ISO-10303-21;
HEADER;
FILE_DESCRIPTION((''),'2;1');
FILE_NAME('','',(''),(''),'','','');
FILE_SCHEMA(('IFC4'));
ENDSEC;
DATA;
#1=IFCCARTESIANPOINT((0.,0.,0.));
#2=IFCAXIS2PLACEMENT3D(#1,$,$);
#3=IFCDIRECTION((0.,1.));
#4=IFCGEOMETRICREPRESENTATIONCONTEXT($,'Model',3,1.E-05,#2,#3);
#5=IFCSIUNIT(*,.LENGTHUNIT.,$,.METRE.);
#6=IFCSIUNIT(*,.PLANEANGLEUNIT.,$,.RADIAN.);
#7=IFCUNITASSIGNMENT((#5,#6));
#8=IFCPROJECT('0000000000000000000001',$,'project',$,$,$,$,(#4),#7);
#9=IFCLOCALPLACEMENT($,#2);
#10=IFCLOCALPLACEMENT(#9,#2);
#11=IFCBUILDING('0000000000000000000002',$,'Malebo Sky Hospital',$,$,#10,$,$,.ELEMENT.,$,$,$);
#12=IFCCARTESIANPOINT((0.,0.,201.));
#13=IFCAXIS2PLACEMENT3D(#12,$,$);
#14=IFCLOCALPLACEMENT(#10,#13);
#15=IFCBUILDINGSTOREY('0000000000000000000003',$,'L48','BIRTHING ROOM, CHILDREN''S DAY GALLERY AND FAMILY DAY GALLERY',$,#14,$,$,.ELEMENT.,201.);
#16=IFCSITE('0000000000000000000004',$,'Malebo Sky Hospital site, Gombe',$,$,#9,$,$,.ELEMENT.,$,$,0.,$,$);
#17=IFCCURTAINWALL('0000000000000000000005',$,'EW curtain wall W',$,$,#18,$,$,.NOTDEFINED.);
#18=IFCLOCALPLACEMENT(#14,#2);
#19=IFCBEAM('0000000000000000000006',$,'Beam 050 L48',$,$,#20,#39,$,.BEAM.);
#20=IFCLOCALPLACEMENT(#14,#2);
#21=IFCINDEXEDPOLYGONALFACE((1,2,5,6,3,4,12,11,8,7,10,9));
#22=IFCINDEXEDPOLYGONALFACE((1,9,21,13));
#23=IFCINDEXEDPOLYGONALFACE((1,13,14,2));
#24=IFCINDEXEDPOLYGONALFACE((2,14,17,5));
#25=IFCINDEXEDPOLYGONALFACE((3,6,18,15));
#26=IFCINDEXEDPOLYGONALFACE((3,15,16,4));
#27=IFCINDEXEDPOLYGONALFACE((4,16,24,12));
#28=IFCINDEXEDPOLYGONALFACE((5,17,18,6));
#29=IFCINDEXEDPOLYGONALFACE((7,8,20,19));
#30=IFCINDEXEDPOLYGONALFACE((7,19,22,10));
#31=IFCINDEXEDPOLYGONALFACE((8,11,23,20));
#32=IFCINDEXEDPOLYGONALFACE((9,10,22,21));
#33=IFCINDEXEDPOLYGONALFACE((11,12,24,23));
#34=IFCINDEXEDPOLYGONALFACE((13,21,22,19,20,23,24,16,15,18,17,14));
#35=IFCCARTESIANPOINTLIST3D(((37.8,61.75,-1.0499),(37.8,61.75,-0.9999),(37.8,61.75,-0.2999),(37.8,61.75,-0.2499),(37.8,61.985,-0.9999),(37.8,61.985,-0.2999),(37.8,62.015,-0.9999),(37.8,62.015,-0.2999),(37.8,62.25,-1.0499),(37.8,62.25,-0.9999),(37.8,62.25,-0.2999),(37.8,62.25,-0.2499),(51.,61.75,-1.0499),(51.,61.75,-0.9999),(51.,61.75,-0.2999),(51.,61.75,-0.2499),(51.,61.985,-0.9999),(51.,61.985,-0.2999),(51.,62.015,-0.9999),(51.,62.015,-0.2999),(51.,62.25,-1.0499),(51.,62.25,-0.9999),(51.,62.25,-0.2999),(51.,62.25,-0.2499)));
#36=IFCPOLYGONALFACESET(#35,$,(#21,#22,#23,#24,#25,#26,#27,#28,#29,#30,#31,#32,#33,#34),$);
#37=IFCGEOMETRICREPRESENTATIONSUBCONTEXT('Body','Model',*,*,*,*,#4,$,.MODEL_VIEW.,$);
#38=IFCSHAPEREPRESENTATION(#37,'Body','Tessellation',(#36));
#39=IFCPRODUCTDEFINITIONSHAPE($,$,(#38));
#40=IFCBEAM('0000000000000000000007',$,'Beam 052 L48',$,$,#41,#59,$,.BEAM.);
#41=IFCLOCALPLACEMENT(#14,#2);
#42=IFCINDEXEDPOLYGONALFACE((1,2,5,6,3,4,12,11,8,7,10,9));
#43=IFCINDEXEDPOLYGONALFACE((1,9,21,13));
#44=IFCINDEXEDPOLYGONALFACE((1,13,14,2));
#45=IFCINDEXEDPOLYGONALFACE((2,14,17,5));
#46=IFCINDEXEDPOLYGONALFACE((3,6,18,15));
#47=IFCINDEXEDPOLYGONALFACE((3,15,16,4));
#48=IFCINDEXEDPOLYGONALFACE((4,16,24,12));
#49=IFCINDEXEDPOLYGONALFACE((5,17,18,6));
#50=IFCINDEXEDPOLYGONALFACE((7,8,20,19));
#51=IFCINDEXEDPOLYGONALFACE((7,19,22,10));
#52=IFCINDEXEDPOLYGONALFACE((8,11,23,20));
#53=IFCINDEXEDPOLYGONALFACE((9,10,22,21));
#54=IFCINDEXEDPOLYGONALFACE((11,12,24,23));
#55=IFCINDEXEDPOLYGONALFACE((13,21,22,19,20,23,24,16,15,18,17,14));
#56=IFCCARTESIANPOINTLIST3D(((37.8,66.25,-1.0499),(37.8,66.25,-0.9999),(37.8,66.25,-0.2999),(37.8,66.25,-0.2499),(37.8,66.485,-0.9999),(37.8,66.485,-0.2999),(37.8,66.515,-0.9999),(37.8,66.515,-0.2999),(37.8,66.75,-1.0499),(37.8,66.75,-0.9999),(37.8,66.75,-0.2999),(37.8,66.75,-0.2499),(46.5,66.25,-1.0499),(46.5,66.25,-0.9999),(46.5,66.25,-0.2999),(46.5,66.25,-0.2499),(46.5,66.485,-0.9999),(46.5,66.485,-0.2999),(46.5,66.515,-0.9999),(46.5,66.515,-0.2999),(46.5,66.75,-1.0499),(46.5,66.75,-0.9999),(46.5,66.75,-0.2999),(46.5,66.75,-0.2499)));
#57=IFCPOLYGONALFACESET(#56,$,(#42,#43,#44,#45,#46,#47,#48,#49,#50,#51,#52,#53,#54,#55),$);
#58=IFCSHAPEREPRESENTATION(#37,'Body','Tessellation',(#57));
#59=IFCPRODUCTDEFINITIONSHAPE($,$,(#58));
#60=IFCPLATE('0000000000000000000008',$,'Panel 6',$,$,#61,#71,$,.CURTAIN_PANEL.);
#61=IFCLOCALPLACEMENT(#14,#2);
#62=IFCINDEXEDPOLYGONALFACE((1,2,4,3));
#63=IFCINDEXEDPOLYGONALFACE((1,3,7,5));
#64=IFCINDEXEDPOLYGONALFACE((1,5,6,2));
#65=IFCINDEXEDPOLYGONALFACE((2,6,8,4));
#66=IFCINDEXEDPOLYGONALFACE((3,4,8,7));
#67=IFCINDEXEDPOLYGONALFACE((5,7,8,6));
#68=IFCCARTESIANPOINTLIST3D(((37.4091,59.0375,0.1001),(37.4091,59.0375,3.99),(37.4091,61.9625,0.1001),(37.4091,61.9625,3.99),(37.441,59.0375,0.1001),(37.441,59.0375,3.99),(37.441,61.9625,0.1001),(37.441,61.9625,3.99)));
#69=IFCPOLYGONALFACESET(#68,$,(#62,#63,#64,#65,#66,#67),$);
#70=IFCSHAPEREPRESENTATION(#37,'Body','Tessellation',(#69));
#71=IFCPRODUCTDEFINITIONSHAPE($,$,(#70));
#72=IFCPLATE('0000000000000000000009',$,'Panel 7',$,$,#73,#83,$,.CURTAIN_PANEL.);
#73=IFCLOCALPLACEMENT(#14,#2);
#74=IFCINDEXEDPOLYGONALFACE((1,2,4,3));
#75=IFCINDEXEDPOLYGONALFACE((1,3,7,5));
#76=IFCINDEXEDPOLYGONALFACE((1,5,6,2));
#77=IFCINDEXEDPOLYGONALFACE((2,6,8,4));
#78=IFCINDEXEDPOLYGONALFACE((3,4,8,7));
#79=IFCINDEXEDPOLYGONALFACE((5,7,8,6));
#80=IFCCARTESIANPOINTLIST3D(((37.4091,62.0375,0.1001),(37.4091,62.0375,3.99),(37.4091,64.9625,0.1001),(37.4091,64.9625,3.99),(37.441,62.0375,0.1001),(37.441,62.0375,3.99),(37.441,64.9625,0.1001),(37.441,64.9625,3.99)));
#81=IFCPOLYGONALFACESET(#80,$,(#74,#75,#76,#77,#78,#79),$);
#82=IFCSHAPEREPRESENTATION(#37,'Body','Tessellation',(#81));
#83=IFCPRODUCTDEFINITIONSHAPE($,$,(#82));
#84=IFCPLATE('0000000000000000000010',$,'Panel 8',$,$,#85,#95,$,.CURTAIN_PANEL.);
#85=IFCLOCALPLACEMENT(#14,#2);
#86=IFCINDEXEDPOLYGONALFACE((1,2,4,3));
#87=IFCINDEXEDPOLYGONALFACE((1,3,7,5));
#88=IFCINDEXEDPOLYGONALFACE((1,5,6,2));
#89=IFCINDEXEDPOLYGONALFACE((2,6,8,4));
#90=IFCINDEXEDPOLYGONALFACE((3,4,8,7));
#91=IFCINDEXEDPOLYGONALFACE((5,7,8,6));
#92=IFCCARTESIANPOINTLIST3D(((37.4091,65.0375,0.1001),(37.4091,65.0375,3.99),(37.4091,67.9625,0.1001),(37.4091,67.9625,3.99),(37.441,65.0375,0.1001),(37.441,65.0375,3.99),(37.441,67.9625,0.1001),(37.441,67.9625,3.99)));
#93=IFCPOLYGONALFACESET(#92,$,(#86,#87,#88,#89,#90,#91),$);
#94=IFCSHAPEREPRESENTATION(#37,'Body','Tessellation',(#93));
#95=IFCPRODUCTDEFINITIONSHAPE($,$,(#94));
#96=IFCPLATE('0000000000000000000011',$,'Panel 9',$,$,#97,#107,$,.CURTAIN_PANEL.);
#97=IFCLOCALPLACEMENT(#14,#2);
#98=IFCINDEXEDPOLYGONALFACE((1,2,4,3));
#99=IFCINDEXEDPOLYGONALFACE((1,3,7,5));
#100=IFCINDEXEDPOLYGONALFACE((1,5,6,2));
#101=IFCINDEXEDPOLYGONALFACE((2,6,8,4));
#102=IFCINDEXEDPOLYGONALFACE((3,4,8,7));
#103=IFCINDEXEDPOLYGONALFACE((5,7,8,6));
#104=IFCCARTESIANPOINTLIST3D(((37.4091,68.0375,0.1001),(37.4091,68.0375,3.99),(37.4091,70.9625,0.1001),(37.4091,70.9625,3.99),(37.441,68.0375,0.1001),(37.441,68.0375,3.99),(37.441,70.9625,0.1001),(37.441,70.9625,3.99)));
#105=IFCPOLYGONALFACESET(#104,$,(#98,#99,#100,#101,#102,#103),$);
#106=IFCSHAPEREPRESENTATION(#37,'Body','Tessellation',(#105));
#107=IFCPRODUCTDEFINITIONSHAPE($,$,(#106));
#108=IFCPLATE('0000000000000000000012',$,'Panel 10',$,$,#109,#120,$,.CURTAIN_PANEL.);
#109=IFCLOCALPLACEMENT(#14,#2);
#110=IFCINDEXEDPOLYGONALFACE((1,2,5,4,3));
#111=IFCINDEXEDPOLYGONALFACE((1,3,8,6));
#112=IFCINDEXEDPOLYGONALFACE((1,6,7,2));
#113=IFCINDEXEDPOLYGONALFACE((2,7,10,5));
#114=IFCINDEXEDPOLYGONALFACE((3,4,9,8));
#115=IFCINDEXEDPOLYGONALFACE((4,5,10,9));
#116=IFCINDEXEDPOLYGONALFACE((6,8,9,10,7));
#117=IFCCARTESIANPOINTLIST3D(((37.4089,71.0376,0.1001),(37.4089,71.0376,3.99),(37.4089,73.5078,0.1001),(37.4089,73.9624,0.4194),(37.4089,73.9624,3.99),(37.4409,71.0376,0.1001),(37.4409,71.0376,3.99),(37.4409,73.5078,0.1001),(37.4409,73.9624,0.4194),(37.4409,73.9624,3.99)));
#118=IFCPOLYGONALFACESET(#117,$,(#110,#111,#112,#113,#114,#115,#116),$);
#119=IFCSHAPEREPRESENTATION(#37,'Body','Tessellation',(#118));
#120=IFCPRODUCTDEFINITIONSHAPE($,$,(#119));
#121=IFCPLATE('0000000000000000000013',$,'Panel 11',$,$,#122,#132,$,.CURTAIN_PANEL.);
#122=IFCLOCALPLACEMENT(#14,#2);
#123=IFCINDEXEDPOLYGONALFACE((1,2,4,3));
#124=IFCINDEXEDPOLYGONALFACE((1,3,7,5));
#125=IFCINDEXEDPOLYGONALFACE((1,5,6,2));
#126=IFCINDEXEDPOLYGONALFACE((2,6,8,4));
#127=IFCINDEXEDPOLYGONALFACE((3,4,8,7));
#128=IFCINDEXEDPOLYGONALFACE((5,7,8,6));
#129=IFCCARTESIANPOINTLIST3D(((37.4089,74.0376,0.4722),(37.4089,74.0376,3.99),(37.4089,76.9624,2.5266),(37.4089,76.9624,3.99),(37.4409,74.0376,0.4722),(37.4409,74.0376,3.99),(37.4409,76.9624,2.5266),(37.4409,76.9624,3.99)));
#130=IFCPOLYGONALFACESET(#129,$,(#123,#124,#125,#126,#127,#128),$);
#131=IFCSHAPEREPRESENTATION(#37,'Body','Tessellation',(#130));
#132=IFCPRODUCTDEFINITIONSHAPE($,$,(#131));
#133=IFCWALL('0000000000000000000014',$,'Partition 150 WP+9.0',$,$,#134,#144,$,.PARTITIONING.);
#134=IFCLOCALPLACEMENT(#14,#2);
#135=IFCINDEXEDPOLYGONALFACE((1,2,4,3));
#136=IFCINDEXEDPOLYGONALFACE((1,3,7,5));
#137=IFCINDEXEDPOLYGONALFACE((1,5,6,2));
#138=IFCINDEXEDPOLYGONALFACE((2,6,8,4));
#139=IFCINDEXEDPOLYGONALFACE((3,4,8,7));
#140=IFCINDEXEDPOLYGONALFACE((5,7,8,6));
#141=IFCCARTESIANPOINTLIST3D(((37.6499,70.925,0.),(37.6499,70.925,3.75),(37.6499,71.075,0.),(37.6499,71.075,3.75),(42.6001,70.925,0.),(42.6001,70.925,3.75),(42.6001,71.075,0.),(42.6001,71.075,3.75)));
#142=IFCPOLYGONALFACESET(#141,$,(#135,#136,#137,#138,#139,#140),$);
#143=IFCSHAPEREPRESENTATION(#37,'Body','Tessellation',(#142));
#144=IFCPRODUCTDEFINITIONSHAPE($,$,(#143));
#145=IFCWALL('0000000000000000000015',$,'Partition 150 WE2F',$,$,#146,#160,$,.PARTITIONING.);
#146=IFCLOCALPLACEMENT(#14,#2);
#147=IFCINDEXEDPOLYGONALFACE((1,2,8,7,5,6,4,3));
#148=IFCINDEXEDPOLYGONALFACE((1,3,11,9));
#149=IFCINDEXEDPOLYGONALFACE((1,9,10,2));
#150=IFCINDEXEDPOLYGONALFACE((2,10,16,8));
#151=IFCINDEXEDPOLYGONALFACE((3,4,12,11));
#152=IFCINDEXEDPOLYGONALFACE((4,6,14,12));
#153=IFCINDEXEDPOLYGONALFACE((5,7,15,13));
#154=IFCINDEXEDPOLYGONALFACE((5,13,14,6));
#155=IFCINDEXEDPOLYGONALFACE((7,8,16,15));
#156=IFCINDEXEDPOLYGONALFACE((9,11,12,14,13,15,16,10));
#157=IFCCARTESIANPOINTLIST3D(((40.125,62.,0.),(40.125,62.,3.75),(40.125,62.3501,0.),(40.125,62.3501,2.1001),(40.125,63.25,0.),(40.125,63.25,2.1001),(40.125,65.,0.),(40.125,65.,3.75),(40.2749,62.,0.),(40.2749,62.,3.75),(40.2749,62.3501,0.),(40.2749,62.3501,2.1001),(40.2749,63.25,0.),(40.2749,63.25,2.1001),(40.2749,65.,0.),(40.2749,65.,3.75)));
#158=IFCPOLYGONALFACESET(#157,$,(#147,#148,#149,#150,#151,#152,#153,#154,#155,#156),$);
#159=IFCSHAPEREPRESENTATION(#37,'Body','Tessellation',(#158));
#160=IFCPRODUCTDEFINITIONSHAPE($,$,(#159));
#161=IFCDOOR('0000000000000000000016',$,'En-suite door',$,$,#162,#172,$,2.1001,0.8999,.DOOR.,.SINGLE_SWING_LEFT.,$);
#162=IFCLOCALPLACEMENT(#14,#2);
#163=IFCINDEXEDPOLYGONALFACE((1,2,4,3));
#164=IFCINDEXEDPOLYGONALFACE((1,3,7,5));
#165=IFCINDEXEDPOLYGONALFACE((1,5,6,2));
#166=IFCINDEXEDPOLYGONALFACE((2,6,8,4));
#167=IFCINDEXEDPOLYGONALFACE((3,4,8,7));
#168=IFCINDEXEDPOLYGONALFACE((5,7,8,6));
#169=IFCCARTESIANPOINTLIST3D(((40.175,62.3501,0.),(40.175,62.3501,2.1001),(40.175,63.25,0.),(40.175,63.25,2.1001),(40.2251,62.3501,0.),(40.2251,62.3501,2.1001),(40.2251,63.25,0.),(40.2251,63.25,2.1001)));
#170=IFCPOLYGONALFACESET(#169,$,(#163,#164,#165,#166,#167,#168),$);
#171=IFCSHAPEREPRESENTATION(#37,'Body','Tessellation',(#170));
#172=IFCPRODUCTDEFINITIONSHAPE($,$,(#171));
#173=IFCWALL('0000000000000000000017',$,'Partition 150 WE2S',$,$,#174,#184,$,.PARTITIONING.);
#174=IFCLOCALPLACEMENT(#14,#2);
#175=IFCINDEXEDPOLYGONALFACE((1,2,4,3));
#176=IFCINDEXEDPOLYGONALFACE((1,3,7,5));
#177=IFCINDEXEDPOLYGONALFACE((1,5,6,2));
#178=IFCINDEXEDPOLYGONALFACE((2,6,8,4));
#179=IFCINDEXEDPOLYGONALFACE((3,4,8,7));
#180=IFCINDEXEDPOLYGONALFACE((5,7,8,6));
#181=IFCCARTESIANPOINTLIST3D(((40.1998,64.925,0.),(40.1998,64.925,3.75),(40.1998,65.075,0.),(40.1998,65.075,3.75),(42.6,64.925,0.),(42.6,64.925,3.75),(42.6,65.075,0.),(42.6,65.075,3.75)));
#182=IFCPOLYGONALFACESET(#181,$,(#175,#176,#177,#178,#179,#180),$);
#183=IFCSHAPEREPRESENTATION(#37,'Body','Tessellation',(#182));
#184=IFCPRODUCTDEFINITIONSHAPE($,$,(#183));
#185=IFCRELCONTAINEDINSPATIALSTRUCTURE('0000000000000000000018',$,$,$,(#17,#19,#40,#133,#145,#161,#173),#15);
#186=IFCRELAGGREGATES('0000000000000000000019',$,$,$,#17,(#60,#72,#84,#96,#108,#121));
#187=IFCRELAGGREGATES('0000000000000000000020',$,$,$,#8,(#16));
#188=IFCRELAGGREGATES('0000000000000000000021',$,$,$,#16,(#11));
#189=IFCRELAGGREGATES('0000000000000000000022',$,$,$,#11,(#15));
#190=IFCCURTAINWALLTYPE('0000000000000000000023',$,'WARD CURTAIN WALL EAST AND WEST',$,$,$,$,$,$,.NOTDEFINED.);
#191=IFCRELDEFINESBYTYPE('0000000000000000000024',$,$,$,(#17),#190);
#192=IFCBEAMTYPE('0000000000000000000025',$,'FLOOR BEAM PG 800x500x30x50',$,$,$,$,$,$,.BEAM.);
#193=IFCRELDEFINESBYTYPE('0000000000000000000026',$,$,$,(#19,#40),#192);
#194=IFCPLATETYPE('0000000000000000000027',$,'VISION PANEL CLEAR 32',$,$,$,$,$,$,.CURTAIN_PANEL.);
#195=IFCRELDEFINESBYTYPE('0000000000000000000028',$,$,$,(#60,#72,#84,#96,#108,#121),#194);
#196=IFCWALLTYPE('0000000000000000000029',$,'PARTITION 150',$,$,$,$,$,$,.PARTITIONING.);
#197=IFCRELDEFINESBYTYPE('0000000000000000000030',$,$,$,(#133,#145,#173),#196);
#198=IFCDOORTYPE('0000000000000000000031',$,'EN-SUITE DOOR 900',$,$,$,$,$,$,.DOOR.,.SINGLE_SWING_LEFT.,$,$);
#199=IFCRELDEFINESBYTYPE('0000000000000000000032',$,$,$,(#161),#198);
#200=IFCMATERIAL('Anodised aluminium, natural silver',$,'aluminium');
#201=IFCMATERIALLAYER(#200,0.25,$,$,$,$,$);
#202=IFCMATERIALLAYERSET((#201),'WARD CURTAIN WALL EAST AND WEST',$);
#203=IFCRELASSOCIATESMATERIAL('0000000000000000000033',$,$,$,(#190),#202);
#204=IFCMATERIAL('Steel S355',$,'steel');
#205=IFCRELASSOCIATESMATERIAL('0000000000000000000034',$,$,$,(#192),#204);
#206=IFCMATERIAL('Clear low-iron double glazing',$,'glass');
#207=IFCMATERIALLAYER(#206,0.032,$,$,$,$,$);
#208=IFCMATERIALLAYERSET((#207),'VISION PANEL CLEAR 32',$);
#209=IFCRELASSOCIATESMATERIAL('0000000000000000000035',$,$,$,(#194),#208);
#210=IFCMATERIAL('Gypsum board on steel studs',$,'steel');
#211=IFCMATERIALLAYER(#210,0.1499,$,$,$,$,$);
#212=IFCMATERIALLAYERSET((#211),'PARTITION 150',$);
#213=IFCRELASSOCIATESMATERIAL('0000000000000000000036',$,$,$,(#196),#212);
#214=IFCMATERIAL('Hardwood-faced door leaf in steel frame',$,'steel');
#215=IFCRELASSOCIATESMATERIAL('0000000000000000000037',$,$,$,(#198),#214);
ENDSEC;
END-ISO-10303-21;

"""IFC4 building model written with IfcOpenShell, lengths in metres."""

from ifc_helpers import new_model, si_unit, direction, frame, frame_2d, origin, origin_2d, place, context, subcontext, project, spatial, polyline, rectangle, i_section, outline, extrude, material, layer, layer_set, material_profile, profile_set, type_object, element, fill, aggregate, save


model = new_model("IFC4")

# Units and contexts
model_context = context("Model", 3, precision=1e-05, world=origin(), true_north=direction((0.0, 1.0)))
body_context = subcontext(model_context, "Body", "Model", "MODEL_VIEW")
ifc_project = project(units=[si_unit("LENGTHUNIT", "METRE"), si_unit("PLANEANGLEUNIT", "RADIAN")], contexts=[model_context])

# Site, building, storey
site_placement = place(None, origin())
site = spatial("IfcSite", under=ifc_project, at=site_placement, Name="Malebo Sky Hospital site, Gombe", CompositionType="ELEMENT", RefElevation=0.0)
building_placement = place(site_placement, origin())
building = spatial("IfcBuilding", under=site, at=building_placement, Name="Malebo Sky Hospital", CompositionType="ELEMENT")
storey_placement = place(building_placement, frame((0.0, 0.0, 201.0)))
storey = spatial("IfcBuildingStorey", under=building, at=storey_placement, Name="L48", Description="BIRTHING ROOM, CHILDREN'S DAY GALLERY AND FAMILY DAY GALLERY", CompositionType="ELEMENT", Elevation=201.0)

# Curtain wall
ifc_material_1 = material(Name="Anodised aluminium, natural silver", Category="aluminium")
ifc_layer_1 = layer(ifc_material_1, 0.25)
ifc_layer_set_1 = layer_set([ifc_layer_1], Name="WARD CURTAIN WALL EAST AND WEST")
curtain_wall_type = type_object("IfcCurtainWallType", Name="WARD CURTAIN WALL EAST AND WEST", PredefinedType="NOTDEFINED", material=ifc_layer_set_1)
curtain_wall_placement = place(storey_placement, origin())
curtain_wall = element("IfcCurtainWall", 1, at=curtain_wall_placement, inside=storey, type_object=curtain_wall_type, Name="EW curtain wall W", PredefinedType="NOTDEFINED")

# Shared definitions
ifc_material_2 = material(Name="Steel S355", Category="steel")

# Beams
ifc_material_profile_1 = material_profile(ifc_material_2, i_section(OverallWidth=0.5, OverallDepth=0.8, WebThickness=0.03, FlangeThickness=0.05, at=origin_2d()), Name="PG 800x500x30x50")
ifc_profile_set_1 = profile_set([ifc_material_profile_1], Name="Steel S355")
beam_type_1 = type_object("IfcBeamType", Name="FLOOR BEAM PG 800x500x30x50", PredefinedType="BEAM", material=ifc_profile_set_1)
beam_1_placement = place(storey_placement, frame((37.8, 62.0, -0.6499), z_axis=(1.0, 0.0, 0.0), x_axis=(0.0, 1.0, 0.0)))
element("IfcBeam", 2, at=beam_1_placement, inside=storey, type_object=beam_type_1, Name="Beam 050 L48", PredefinedType="BEAM", context=body_context, shape_type="SweptSolid", body=[
    extrude(i_section(OverallWidth=0.5, OverallDepth=0.8, WebThickness=0.03, FlangeThickness=0.05, at=origin_2d()), origin(), (0.0, 0.0, 1.0), 13.2),
])
beam_2_placement = place(storey_placement, frame((37.8, 66.5, -0.6499), z_axis=(1.0, 0.0, 0.0), x_axis=(0.0, 1.0, 0.0)))
element("IfcBeam", 3, at=beam_2_placement, inside=storey, type_object=beam_type_1, Name="Beam 052 L48", PredefinedType="BEAM", context=body_context, shape_type="SweptSolid", body=[
    extrude(i_section(OverallWidth=0.5, OverallDepth=0.8, WebThickness=0.03, FlangeThickness=0.05, at=origin_2d()), origin(), (0.0, 0.0, 1.0), 8.7),
])

# Plates
ifc_material_3 = material(Name="Clear low-iron double glazing", Category="glass")
ifc_layer_2 = layer(ifc_material_3, 0.032)
ifc_layer_set_2 = layer_set([ifc_layer_2], Name="VISION PANEL CLEAR 32")
plate_type = type_object("IfcPlateType", Name="VISION PANEL CLEAR 32", PredefinedType="CURTAIN_PANEL", material=ifc_layer_set_2)
plate_1_placement = place(storey_placement, frame((37.425, 60.5, 0.1001), z_axis=(0.0, 0.0, 1.0), x_axis=(0.0, 1.0, 0.0)))
plate_1 = element("IfcPlate", 4, at=plate_1_placement, type_object=plate_type, Name="Panel 6", PredefinedType="CURTAIN_PANEL", context=body_context, shape_type="SweptSolid", body=[
    extrude(rectangle(XDim=2.925, YDim=0.032, at=origin_2d()), origin(), (0.0, 0.0, 1.0), 3.8899),
])
plate_2_placement = place(storey_placement, frame((37.425, 63.5, 0.1001), z_axis=(0.0, 0.0, 1.0), x_axis=(0.0, 1.0, 0.0)))
plate_2 = element("IfcPlate", 5, at=plate_2_placement, type_object=plate_type, Name="Panel 7", PredefinedType="CURTAIN_PANEL", context=body_context, shape_type="SweptSolid", body=[
    extrude(rectangle(XDim=2.925, YDim=0.032, at=origin_2d()), origin(), (0.0, 0.0, 1.0), 3.8899),
])
plate_3_placement = place(storey_placement, frame((37.425, 66.5, 0.1001), z_axis=(0.0, 0.0, 1.0), x_axis=(0.0, 1.0, 0.0)))
plate_3 = element("IfcPlate", 6, at=plate_3_placement, type_object=plate_type, Name="Panel 8", PredefinedType="CURTAIN_PANEL", context=body_context, shape_type="SweptSolid", body=[
    extrude(rectangle(XDim=2.925, YDim=0.032, at=origin_2d()), origin(), (0.0, 0.0, 1.0), 3.8899),
])
plate_4_placement = place(storey_placement, frame((37.425, 69.5, 0.1001), z_axis=(0.0, 0.0, 1.0), x_axis=(0.0, 1.0, 0.0)))
plate_4 = element("IfcPlate", 7, at=plate_4_placement, type_object=plate_type, Name="Panel 9", PredefinedType="CURTAIN_PANEL", context=body_context, shape_type="SweptSolid", body=[
    extrude(rectangle(XDim=2.925, YDim=0.032, at=origin_2d()), origin(), (0.0, 0.0, 1.0), 3.8899),
])
plate_5_placement = place(storey_placement, frame((37.425, 72.5, 0.1001), z_axis=(0.0, 0.0, 1.0), x_axis=(0.0, 1.0, 0.0)))
plate_5 = element("IfcPlate", 8, at=plate_5_placement, type_object=plate_type, Name="Panel 10", PredefinedType="CURTAIN_PANEL", context=body_context, shape_type="SweptSolid", body=[
    extrude(outline(polyline([(-1.4624, 0.0), (1.0078, 0.0), (1.4624, 0.3193), (1.4624, 3.8899), (-1.4624, 3.8899), (-1.4624, 0.0)])), frame((0.0, 0.0161, 0.0), z_axis=(0.0, -1.0, 0.0), x_axis=(1.0, 0.0, 0.0)), (0.0, 0.0, 1.0), 0.032),
])
plate_6_placement = place(storey_placement, frame((37.425, 75.5, 0.4722), z_axis=(0.0, 0.0, 1.0), x_axis=(0.0, 1.0, 0.0)))
plate_6 = element("IfcPlate", 9, at=plate_6_placement, type_object=plate_type, Name="Panel 11", PredefinedType="CURTAIN_PANEL", context=body_context, shape_type="SweptSolid", body=[
    extrude(outline(polyline([(-1.4624, 0.0), (1.4624, 2.0544), (1.4624, 3.5178), (-1.4624, 3.5178), (-1.4624, 0.0)])), frame((0.0, 0.0161, 0.0), z_axis=(0.0, -1.0, 0.0), x_axis=(1.0, 0.0, 0.0)), (0.0, 0.0, 1.0), 0.032),
])
aggregate(curtain_wall, [plate_1, plate_2, plate_3, plate_4, plate_5, plate_6])

# Wall
ifc_material_4 = material(Name="Gypsum board on steel studs", Category="steel")
ifc_layer_3 = layer(ifc_material_4, 0.1499)
ifc_layer_set_3 = layer_set([ifc_layer_3], Name="PARTITION 150")
wall_type_1 = type_object("IfcWallType", Name="PARTITION 150", PredefinedType="PARTITIONING", material=ifc_layer_set_3)
wall_1_placement = place(storey_placement, frame((42.6001, 71.0, 0.0), z_axis=(0.0, 0.0, 1.0), x_axis=(-1.0, 0.0, 0.0)))
element("IfcWall", 10, at=wall_1_placement, inside=storey, type_object=wall_type_1, Name="Partition 150 WP+9.0", PredefinedType="PARTITIONING", context=body_context, shape_type="SweptSolid", body=[
    extrude(rectangle(XDim=4.9502, YDim=0.1499, at=frame_2d((2.4751, 0.0))), origin(), (0.0, 0.0, 1.0), 3.75),
])

# Wall, opening, door
wall_2_placement = place(storey_placement, frame((40.2, 62.0, 0.0), z_axis=(0.0, 0.0, 1.0), x_axis=(0.0, 1.0, 0.0)))
wall_2 = element("IfcWall", 11, at=wall_2_placement, inside=storey, type_object=wall_type_1, Name="Partition 150 WE2F", PredefinedType="PARTITIONING", context=body_context, shape_type="SweptSolid", body=[
    extrude(rectangle(XDim=3.0, YDim=0.1499, at=frame_2d((1.5, 0.0))), origin(), (0.0, 0.0, 1.0), 3.75),
])
opening_1_placement = place(wall_2_placement, frame((0.3501, 0.0, 0.0)))
opening_1 = element("IfcOpeningElement", 12, at=opening_1_placement, cuts=wall_2, PredefinedType="OPENING", context=body_context, shape_type="SweptSolid", body=[
    extrude(rectangle(XDim=0.8999, YDim=2.1001, at=frame_2d((0.45, 1.05))), frame((0.0, 0.085, 0.0), z_axis=(0.0, -1.0, 0.0), x_axis=(1.0, 0.0, 0.0)), (0.0, 0.0, 1.0), 0.1699),
])
ifc_material_5 = material(Name="Hardwood-faced door leaf in steel frame", Category="steel")
door_type = type_object("IfcDoorType", Name="EN-SUITE DOOR 900", OperationType="SINGLE_SWING_LEFT", PredefinedType="DOOR", material=ifc_material_5)
door_1_placement = place(opening_1_placement, origin())
door_1 = element("IfcDoor", 13, at=door_1_placement, inside=storey, type_object=door_type, Name="En-suite door", OperationType="SINGLE_SWING_LEFT", OverallHeight=2.1001, OverallWidth=0.8999, PredefinedType="DOOR", context=body_context, shape_type="SweptSolid", body=[
    extrude(rectangle(XDim=0.8999, YDim=2.1001, at=frame_2d((0.45, 1.05))), frame((0.0, 0.0249, 0.0), z_axis=(0.0, -1.0, 0.0), x_axis=(1.0, 0.0, 0.0)), (0.0, 0.0, 1.0), 0.05),
])
fill(opening_1, door_1)

# Wall
wall_3_placement = place(storey_placement, frame((42.6001, 65.0, 0.0), z_axis=(0.0, 0.0, 1.0), x_axis=(-1.0, 0.0, 0.0)))
element("IfcWall", 14, at=wall_3_placement, inside=storey, type_object=wall_type_1, Name="Partition 150 WE2S", PredefinedType="PARTITIONING", context=body_context, shape_type="SweptSolid", body=[
    extrude(rectangle(XDim=2.4001, YDim=0.1499, at=frame_2d((1.2002, 0.0))), origin(), (0.0, 0.0, 1.0), 3.75),
])

save(model, "model.ifc")
